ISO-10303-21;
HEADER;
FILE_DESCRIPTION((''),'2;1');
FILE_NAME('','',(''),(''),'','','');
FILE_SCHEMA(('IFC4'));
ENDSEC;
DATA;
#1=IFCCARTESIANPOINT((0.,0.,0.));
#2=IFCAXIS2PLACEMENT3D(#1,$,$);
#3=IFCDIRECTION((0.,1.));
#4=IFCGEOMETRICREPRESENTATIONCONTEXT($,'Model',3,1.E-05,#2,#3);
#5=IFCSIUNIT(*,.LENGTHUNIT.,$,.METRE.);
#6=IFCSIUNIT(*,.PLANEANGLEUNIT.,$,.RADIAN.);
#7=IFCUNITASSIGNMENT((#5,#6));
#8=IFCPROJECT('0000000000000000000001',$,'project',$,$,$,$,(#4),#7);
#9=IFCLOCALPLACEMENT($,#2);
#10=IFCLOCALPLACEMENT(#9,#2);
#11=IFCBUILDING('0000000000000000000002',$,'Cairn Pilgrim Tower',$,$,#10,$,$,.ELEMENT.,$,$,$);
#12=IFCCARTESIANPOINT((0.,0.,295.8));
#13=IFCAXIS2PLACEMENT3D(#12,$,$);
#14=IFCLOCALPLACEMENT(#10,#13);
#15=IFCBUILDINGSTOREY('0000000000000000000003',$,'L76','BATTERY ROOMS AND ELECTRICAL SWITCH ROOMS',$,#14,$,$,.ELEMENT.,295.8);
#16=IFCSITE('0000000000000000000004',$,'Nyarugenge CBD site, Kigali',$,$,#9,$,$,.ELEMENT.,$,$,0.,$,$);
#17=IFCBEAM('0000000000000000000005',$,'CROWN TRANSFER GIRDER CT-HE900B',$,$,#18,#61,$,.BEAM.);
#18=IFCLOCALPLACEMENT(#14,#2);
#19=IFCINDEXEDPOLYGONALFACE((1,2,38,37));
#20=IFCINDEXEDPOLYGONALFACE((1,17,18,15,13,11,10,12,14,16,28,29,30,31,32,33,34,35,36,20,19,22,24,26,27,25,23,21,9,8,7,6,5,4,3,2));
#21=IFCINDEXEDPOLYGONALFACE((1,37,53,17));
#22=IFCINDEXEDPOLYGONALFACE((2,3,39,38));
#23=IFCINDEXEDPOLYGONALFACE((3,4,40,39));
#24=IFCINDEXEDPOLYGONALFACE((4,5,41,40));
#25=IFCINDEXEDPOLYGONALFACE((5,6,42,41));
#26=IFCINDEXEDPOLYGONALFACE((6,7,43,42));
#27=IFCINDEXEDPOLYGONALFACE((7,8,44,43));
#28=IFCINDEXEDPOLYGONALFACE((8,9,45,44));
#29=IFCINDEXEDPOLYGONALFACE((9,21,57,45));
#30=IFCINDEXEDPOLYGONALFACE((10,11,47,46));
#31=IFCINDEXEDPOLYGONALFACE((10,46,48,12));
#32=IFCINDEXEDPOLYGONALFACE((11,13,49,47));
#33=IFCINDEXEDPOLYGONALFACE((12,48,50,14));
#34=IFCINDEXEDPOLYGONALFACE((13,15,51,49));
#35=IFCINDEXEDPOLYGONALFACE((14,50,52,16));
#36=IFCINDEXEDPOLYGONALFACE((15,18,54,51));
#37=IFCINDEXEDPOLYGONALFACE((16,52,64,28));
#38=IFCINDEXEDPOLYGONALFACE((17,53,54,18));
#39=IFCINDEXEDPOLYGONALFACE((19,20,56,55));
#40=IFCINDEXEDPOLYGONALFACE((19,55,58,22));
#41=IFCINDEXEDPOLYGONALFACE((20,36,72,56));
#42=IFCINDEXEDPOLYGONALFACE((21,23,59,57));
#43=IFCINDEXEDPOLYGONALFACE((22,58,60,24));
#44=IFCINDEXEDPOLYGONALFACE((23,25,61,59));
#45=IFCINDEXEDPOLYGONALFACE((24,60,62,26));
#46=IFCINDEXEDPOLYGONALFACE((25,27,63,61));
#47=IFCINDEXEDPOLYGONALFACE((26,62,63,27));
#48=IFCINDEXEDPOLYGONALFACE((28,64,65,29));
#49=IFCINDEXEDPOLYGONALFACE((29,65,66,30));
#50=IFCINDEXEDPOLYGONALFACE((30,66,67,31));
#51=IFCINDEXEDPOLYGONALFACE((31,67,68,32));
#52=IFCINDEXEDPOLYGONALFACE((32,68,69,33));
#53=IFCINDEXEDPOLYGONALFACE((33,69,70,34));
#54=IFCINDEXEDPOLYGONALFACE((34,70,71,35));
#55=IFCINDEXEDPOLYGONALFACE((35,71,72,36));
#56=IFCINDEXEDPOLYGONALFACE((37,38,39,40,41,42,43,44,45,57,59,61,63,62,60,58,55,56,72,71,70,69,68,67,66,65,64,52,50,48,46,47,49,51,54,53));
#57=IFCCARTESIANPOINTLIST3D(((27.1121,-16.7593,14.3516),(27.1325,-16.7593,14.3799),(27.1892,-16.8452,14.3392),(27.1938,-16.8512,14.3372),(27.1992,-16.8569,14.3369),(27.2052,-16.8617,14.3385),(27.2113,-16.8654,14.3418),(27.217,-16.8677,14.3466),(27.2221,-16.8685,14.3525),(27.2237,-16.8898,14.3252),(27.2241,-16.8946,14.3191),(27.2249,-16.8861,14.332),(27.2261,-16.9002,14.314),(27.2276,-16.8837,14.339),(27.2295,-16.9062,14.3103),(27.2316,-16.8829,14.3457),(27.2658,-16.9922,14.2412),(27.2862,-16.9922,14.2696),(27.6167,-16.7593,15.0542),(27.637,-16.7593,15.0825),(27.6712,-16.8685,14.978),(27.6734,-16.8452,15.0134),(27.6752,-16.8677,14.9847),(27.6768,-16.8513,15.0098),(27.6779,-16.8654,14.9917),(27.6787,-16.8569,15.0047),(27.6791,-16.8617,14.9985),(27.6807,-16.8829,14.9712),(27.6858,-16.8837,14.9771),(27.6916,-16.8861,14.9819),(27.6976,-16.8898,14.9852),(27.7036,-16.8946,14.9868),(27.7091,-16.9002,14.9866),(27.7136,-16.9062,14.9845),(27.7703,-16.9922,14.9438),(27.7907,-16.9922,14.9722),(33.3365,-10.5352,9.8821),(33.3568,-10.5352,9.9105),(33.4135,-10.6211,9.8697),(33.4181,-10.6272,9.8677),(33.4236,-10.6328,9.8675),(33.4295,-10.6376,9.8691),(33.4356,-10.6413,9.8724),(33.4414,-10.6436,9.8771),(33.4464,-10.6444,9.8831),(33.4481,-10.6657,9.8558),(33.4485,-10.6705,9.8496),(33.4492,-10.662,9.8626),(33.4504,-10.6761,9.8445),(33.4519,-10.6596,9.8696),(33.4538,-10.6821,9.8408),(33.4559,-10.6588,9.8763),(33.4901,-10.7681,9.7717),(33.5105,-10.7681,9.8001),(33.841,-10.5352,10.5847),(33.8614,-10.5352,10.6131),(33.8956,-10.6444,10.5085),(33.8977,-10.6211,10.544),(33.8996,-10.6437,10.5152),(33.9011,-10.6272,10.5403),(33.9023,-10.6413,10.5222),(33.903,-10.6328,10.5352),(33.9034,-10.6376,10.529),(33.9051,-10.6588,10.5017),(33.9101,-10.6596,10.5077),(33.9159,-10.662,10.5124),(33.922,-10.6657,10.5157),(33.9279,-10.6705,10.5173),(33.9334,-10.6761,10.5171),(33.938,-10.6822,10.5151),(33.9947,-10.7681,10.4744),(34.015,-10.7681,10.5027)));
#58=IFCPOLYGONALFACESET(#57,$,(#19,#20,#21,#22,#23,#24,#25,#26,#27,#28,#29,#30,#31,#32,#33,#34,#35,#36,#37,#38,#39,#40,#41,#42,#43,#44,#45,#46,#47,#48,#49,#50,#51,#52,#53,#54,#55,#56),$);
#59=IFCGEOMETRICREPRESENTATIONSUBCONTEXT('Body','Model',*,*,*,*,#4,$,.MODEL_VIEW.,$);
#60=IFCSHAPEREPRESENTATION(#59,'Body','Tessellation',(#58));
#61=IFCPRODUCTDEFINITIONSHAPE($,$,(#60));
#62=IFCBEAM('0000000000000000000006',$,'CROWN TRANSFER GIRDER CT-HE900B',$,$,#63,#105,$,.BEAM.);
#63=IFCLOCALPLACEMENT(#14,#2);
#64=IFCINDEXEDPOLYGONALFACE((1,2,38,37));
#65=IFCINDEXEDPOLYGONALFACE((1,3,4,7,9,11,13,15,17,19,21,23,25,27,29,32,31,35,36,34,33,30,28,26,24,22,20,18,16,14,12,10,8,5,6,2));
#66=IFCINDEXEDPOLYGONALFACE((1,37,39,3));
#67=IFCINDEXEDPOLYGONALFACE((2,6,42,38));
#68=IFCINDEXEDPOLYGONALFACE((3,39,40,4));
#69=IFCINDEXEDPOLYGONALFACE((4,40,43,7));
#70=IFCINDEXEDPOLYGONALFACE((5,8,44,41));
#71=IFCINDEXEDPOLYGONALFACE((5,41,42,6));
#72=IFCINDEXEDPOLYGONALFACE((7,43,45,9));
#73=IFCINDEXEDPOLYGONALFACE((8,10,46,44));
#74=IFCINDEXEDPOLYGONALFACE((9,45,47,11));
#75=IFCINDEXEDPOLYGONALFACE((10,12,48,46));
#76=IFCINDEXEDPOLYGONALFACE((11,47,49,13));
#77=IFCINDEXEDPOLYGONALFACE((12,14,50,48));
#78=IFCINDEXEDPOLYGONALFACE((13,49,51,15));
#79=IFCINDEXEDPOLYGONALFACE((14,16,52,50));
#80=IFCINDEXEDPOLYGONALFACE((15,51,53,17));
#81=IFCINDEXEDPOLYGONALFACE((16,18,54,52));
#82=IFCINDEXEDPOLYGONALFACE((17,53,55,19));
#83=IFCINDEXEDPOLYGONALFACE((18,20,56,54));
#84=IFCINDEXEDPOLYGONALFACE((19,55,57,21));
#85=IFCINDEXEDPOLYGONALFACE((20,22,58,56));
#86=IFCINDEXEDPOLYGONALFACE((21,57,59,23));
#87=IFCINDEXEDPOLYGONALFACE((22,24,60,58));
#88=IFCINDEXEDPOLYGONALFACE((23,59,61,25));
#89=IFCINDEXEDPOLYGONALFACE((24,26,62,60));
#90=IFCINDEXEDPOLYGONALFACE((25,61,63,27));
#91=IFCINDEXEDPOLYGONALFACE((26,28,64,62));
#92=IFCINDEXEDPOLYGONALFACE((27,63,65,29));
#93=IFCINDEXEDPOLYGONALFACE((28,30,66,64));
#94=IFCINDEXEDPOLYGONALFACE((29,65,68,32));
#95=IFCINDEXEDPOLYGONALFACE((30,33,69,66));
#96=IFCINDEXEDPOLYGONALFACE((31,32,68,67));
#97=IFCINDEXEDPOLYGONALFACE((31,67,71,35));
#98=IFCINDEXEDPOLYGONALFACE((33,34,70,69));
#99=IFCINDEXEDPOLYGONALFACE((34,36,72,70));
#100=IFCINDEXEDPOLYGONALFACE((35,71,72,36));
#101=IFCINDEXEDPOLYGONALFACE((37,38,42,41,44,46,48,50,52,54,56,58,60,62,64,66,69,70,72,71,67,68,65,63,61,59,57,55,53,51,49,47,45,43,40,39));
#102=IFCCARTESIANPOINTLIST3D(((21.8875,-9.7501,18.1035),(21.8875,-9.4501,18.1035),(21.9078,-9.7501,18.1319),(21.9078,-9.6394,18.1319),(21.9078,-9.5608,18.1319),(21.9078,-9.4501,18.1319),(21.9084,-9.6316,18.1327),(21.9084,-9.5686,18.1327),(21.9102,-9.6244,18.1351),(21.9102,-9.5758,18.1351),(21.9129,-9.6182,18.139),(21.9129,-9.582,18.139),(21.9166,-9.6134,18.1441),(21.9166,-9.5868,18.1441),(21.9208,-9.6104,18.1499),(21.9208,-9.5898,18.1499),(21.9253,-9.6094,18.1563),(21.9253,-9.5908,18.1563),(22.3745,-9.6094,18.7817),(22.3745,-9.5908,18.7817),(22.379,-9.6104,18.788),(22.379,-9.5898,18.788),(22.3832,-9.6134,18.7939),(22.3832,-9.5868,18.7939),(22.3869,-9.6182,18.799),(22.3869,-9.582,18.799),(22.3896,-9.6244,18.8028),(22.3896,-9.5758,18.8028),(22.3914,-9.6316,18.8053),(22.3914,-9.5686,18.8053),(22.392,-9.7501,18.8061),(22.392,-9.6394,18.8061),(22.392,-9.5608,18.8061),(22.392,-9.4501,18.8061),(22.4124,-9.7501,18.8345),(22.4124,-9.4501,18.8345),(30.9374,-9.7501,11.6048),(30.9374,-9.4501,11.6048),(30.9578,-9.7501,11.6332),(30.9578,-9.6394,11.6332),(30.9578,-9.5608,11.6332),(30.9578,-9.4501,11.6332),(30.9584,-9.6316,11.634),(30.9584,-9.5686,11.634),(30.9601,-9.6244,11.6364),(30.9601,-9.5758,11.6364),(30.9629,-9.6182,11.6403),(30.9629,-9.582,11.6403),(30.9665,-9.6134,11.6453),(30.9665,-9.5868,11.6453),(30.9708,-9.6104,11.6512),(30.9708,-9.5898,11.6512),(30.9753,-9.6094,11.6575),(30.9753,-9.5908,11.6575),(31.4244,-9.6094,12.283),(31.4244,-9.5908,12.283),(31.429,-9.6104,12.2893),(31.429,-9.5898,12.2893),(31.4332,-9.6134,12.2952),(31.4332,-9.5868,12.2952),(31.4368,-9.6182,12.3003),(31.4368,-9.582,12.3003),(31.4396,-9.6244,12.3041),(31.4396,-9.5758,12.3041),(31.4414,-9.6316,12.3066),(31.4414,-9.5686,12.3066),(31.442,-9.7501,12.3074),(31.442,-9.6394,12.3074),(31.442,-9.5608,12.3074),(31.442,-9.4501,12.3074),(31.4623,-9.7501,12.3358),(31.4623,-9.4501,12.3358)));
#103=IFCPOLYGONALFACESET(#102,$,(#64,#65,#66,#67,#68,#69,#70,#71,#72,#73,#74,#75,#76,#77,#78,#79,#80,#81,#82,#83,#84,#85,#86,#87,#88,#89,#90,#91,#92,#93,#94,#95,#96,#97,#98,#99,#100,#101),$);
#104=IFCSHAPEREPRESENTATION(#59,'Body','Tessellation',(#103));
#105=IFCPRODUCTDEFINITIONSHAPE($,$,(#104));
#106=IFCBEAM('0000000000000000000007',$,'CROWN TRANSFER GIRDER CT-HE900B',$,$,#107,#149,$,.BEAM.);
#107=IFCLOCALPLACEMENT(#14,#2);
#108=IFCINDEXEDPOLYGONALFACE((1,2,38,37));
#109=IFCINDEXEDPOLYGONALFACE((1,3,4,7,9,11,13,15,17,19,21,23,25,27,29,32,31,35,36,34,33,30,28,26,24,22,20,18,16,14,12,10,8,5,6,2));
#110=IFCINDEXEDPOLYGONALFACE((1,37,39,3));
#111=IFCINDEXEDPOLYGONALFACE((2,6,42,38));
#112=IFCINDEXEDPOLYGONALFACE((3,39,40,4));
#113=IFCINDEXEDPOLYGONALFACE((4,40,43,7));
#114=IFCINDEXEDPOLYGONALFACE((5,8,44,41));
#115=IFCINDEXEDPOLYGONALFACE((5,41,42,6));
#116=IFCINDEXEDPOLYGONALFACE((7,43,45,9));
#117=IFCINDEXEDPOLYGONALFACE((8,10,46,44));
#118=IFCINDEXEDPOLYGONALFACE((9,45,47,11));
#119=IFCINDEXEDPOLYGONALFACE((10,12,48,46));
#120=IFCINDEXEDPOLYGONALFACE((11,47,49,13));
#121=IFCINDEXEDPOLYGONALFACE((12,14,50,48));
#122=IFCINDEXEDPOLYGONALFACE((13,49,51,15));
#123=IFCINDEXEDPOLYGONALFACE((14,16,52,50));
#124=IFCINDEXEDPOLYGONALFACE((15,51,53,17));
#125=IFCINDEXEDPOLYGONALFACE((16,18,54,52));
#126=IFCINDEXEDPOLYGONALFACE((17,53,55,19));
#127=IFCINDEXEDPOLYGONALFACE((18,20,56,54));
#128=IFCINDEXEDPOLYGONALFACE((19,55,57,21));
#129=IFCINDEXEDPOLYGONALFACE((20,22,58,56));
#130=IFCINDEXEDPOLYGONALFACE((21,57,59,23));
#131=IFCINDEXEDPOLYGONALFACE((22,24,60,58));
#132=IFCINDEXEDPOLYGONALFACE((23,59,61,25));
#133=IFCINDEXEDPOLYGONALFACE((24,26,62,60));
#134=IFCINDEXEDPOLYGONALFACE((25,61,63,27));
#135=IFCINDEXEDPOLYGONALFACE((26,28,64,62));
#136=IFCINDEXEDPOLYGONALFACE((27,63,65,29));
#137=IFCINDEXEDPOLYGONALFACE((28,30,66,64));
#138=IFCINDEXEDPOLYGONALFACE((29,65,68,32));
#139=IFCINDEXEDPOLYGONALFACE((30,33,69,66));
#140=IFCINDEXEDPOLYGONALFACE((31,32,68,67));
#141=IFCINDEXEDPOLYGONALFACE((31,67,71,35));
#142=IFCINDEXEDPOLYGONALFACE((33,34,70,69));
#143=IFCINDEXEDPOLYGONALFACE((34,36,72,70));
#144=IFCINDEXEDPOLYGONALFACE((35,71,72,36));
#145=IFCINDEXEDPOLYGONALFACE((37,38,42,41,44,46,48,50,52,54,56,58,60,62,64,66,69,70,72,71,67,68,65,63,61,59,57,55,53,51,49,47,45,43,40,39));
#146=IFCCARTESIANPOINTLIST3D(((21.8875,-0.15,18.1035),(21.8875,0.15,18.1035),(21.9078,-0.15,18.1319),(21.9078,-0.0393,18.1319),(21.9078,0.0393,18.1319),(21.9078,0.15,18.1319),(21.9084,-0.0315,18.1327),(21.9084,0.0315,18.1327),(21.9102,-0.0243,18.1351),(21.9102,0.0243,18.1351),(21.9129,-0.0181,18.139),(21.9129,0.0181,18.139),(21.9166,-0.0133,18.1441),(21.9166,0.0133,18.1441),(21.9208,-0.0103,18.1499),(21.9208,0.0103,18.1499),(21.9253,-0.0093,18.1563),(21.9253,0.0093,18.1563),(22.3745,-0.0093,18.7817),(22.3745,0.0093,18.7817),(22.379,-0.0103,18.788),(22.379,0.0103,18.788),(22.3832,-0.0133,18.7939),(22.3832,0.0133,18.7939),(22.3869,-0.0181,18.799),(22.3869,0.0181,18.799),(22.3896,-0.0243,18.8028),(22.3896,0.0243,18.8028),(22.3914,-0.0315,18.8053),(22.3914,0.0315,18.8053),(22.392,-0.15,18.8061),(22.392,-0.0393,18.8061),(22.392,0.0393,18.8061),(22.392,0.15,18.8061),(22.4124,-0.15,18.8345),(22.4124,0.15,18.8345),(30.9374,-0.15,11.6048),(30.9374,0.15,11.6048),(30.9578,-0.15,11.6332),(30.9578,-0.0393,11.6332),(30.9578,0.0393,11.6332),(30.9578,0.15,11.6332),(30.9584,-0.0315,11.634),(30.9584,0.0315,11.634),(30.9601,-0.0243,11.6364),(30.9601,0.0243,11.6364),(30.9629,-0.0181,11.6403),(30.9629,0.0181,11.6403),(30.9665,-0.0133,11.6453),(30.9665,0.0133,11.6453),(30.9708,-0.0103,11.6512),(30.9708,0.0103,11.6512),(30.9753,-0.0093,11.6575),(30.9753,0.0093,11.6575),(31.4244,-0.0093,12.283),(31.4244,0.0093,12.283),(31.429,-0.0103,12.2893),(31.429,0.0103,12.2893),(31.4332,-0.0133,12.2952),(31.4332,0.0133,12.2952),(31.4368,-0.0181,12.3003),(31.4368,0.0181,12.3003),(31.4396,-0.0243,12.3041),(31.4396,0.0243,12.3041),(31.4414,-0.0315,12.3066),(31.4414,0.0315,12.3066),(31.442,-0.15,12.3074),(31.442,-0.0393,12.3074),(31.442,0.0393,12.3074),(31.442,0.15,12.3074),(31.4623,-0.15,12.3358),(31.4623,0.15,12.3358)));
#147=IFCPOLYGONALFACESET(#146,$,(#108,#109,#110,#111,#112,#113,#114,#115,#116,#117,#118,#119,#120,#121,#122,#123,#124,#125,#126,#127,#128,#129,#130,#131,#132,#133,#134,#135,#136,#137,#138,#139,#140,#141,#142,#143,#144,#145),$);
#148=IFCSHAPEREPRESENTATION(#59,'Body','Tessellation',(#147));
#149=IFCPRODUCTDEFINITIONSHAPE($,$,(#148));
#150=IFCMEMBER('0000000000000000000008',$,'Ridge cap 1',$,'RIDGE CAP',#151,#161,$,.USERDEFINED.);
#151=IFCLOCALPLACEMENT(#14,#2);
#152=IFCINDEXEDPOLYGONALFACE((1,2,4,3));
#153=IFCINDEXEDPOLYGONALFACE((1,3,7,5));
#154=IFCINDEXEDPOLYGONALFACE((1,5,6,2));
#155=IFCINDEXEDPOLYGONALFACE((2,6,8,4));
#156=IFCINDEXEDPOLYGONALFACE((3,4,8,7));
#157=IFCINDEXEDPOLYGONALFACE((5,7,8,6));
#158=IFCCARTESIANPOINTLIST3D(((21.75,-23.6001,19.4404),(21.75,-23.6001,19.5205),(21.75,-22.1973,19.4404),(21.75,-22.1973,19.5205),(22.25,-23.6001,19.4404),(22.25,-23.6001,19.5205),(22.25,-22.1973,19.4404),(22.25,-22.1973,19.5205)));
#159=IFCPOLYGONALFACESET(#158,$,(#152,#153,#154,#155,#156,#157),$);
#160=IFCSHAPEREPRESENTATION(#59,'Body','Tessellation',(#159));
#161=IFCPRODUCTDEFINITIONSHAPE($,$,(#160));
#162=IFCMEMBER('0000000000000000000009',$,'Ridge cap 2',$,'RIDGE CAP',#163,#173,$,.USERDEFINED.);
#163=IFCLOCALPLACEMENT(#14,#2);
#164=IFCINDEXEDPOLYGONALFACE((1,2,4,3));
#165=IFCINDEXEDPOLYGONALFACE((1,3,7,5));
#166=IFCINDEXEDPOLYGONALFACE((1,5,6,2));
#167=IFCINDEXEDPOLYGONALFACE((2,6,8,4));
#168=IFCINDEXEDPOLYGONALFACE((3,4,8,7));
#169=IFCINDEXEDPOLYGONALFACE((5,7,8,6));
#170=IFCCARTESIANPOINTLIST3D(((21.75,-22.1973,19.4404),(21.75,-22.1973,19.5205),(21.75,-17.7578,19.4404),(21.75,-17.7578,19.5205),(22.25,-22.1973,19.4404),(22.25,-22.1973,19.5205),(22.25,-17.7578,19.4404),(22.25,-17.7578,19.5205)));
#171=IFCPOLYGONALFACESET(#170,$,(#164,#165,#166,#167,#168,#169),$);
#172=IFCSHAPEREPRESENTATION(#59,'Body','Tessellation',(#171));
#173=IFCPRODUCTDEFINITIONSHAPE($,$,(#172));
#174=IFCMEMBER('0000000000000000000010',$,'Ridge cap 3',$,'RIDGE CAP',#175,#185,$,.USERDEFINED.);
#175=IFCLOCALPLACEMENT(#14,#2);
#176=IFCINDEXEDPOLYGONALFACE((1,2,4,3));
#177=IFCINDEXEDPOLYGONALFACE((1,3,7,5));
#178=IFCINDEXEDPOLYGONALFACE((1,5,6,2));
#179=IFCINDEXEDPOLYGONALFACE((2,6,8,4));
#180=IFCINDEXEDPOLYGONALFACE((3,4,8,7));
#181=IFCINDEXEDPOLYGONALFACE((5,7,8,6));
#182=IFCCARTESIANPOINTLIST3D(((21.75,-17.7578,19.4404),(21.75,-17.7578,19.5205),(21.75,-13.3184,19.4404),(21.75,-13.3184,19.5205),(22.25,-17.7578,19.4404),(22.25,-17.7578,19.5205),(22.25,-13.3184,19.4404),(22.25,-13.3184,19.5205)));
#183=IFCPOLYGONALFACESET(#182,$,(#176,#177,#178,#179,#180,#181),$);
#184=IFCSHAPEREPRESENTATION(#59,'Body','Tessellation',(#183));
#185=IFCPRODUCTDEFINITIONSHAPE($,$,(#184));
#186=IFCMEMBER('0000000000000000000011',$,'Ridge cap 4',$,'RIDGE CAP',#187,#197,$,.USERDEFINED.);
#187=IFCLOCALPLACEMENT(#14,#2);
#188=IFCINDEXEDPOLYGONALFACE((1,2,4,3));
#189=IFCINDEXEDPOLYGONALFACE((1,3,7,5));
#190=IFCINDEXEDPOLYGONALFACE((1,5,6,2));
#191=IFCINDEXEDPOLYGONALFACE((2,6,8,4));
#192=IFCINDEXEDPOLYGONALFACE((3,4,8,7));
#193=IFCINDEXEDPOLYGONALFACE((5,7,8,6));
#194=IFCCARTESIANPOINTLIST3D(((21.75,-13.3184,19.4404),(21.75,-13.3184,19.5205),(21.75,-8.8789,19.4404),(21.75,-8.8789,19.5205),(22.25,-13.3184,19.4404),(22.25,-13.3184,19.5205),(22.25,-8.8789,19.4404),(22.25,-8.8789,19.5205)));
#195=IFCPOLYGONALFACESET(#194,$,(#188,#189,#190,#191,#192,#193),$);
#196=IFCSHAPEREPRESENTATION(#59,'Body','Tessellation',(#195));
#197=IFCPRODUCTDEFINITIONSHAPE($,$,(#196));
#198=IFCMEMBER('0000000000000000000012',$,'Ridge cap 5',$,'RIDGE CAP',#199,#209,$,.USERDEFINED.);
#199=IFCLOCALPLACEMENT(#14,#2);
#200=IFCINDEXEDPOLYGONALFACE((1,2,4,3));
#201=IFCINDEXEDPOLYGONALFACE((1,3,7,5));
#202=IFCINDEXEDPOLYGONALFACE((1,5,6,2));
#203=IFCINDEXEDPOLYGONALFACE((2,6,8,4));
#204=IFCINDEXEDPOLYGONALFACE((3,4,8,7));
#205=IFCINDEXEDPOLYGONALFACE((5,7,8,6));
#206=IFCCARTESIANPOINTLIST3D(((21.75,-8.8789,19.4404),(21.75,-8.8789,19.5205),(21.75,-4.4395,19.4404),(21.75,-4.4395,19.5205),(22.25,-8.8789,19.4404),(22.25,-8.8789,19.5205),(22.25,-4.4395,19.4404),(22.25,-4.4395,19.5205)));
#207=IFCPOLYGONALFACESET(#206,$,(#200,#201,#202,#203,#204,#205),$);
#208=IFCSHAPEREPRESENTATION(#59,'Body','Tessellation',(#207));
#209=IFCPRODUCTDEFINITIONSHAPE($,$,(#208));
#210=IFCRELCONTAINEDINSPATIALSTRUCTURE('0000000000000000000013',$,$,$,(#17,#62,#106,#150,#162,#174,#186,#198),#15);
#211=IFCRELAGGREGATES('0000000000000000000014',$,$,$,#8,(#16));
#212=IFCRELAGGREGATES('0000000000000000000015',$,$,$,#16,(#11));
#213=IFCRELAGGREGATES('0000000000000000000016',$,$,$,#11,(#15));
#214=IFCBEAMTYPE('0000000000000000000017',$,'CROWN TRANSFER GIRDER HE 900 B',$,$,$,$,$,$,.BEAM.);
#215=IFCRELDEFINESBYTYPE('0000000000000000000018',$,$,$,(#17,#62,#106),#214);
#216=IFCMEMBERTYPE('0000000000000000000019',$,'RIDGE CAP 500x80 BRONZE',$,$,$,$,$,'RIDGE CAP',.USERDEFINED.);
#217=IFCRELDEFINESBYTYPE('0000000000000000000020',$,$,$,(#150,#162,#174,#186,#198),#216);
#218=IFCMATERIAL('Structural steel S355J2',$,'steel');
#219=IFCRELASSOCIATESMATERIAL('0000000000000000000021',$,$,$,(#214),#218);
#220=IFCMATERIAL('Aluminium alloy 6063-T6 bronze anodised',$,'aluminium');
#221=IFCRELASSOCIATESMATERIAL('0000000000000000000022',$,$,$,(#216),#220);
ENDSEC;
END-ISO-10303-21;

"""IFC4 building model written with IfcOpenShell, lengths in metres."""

from ifc_helpers import new_model, si_unit, direction, frame, origin, origin_2d, place, context, subcontext, project, spatial, rectangle, i_section, extrude, material, material_profile, profile_set, type_object, element, save


model = new_model("IFC4")

# Units and contexts
model_context = context("Model", 3, precision=1e-05, world=origin(), true_north=direction((0.0, 1.0)))
body_context = subcontext(model_context, "Body", "Model", "MODEL_VIEW")
ifc_project = project(units=[si_unit("LENGTHUNIT", "METRE"), si_unit("PLANEANGLEUNIT", "RADIAN")], contexts=[model_context])

# Site, building, storey
site_placement = place(None, origin())
site = spatial("IfcSite", under=ifc_project, at=site_placement, Name="Nyarugenge CBD site, Kigali", CompositionType="ELEMENT", RefElevation=0.0)
building_placement = place(site_placement, origin())
building = spatial("IfcBuilding", under=site, at=building_placement, Name="Cairn Pilgrim Tower", CompositionType="ELEMENT")
storey_placement = place(building_placement, frame((0.0, 0.0, 295.8)))
storey = spatial("IfcBuildingStorey", under=building, at=storey_placement, Name="L76", Description="BATTERY ROOMS AND ELECTRICAL SWITCH ROOMS", CompositionType="ELEMENT", Elevation=295.8)

# Beams
ifc_material_1 = material(Name="Structural steel S355J2", Category="steel")
ifc_material_profile_1 = material_profile(ifc_material_1, i_section(OverallWidth=0.3, OverallDepth=0.8999, WebThickness=0.0186, FlangeThickness=0.0349, FilletRadius=0.03, at=origin_2d()), Name="HEB 900")
ifc_profile_set_1 = profile_set([ifc_material_profile_1], Name="Structural steel S355J2")
beam_type_1 = type_object("IfcBeamType", Name="CROWN TRANSFER GIRDER HE 900 B", PredefinedType="BEAM", material=ifc_profile_set_1)
beam_1_placement = place(storey_placement, frame((27.4514, -16.8757, 14.6619), z_axis=(0.6305, 0.630475, -0.452738), x_axis=(-0.512111, 0.77621, 0.367751)))
element("IfcBeam", 1, at=beam_1_placement, inside=storey, type_object=beam_type_1, Name="CROWN TRANSFER GIRDER CT-HE900B", PredefinedType="BEAM", context=body_context, shape_type="SweptSolid", body=[
    extrude(i_section(OverallWidth=0.3, OverallDepth=0.8999, WebThickness=0.0186, FlangeThickness=0.0349, FilletRadius=0.03, at=origin_2d()), origin(), (0.0, 0.0, 1.0), 9.8721),
])
for number, where, z_axis, x_axis, name in (
    (2, (22.1499, -9.6001, 18.469), (0.812268, 0.0, -0.583284), (0.0, 1.0, 0.0), "CROWN TRANSFER GIRDER CT-HE900B"),
    (3, (22.1499, 0.0, 18.469), (0.812268, 0.0, -0.583284), (0.0, 1.0, 0.0), "CROWN TRANSFER GIRDER CT-HE900B"),
):
    element("IfcBeam", number, at=place(storey_placement, frame(where, z_axis=z_axis, x_axis=x_axis)), inside=storey, type_object=beam_type_1, Name=name, PredefinedType="BEAM", context=body_context, shape_type="SweptSolid", body=[
        extrude(i_section(OverallWidth=0.3, OverallDepth=0.8999, WebThickness=0.0186, FlangeThickness=0.0349, FilletRadius=0.03, at=origin_2d()), origin(), (0.0, 0.0, 1.0), 11.1416),
    ])

# Members
ifc_material_2 = material(Name="Aluminium alloy 6063-T6 bronze anodised", Category="aluminium")
ifc_material_profile_2 = material_profile(ifc_material_2, rectangle(XDim=0.5, YDim=0.0801, at=origin_2d()), Name="RIDGE CAP 500x80 BRONZE")
ifc_profile_set_2 = profile_set([ifc_material_profile_2], Name="Aluminium alloy 6063-T6 bronze anodised")
member_type_1 = type_object("IfcMemberType", Name="RIDGE CAP 500x80 BRONZE", ElementType="RIDGE CAP", PredefinedType="USERDEFINED", material=ifc_profile_set_2)
member_1_placement = place(storey_placement, frame((22.0, -23.6001, 19.4805), z_axis=(0.0, 1.0, 0.0), x_axis=(-1.0, 0.0, 0.0)))
element("IfcMember", 4, at=member_1_placement, inside=storey, type_object=member_type_1, Name="Ridge cap 1", ObjectType="RIDGE CAP", PredefinedType="USERDEFINED", context=body_context, shape_type="SweptSolid", body=[
    extrude(rectangle(XDim=0.5, YDim=0.0801, at=origin_2d()), origin(), (0.0, 0.0, 1.0), 1.4028),
])
for number, where, z_axis, x_axis, name in (
    (5, (22.0, -22.1973, 19.4805), (0.0, 1.0, 0.0), (-1.0, 0.0, 0.0), "Ridge cap 2"),
    (6, (22.0, -17.7578, 19.4805), (0.0, 1.0, 0.0), (-1.0, 0.0, 0.0), "Ridge cap 3"),
    (7, (22.0, -13.3184, 19.4805), (0.0, 1.0, 0.0), (-1.0, 0.0, 0.0), "Ridge cap 4"),
    (8, (22.0, -8.8789, 19.4805), (0.0, 1.0, 0.0), (-1.0, 0.0, 0.0), "Ridge cap 5"),
):
    element("IfcMember", number, at=place(storey_placement, frame(where, z_axis=z_axis, x_axis=x_axis)), inside=storey, type_object=member_type_1, Name=name, ObjectType="RIDGE CAP", PredefinedType="USERDEFINED", context=body_context, shape_type="SweptSolid", body=[
        extrude(rectangle(XDim=0.5, YDim=0.0801, at=origin_2d()), origin(), (0.0, 0.0, 1.0), 4.4395),
    ])

save(model, "model.ifc")
